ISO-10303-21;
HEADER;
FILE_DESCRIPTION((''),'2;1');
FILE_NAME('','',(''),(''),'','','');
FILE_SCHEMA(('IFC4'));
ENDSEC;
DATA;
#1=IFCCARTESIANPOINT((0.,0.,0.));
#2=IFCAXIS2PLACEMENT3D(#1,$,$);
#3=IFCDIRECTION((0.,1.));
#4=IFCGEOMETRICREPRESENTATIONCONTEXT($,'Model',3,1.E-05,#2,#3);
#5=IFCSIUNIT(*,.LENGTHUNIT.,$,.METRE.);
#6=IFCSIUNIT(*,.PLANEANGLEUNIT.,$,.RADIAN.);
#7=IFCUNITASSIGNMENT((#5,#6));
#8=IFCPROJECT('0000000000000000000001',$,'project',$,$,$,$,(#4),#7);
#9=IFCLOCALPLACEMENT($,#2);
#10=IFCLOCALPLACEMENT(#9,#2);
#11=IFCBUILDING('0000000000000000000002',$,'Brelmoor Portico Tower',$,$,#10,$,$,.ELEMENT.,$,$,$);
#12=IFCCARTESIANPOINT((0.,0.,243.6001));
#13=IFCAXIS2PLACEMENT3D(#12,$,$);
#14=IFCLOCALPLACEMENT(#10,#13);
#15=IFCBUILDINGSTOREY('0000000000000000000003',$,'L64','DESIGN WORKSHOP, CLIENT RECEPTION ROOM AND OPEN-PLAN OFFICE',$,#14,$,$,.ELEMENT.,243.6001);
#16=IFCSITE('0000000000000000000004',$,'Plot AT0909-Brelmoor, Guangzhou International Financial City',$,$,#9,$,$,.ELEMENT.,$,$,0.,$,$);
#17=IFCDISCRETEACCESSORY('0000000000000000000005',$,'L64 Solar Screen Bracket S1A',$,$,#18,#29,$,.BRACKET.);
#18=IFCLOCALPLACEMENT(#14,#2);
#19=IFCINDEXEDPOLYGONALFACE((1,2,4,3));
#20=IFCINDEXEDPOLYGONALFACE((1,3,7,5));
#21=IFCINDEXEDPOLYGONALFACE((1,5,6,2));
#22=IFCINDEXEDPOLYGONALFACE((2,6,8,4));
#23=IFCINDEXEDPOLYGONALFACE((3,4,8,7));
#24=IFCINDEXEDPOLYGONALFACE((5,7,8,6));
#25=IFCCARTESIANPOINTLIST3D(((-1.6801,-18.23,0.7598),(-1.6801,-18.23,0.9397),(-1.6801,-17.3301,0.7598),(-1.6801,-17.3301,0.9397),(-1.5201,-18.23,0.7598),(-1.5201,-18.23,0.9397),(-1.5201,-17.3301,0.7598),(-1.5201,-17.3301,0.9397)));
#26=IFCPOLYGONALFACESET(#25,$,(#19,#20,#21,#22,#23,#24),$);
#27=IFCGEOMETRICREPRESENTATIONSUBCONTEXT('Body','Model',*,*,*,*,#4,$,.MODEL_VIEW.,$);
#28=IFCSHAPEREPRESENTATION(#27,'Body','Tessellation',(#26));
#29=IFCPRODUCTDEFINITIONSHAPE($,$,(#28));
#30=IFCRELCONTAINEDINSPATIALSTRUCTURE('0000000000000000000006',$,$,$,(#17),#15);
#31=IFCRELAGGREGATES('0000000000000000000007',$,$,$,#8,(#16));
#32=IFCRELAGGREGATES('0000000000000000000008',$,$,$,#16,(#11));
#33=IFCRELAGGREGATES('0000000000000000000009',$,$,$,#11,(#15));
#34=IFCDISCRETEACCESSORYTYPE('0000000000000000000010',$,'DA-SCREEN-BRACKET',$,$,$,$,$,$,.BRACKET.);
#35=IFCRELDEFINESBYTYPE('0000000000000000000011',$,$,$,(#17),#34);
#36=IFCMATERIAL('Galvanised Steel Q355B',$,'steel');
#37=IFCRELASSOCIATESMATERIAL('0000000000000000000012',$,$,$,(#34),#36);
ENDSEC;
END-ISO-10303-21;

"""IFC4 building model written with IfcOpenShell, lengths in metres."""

from ifc_helpers import new_model, si_unit, direction, frame, origin, origin_2d, place, context, subcontext, project, spatial, rectangle, extrude, material, type_object, element, save


model = new_model("IFC4")

# Units and contexts
model_context = context("Model", 3, precision=1e-05, world=origin(), true_north=direction((0.0, 1.0)))
body_context = subcontext(model_context, "Body", "Model", "MODEL_VIEW")
ifc_project = project(units=[si_unit("LENGTHUNIT", "METRE"), si_unit("PLANEANGLEUNIT", "RADIAN")], contexts=[model_context])

# Site, building, storey
site_placement = place(None, origin())
site = spatial("IfcSite", under=ifc_project, at=site_placement, Name="Plot AT0909-Brelmoor, Guangzhou International Financial City", CompositionType="ELEMENT", RefElevation=0.0)
building_placement = place(site_placement, origin())
building = spatial("IfcBuilding", under=site, at=building_placement, Name="Brelmoor Portico Tower", CompositionType="ELEMENT")
storey_placement = place(building_placement, frame((0.0, 0.0, 243.6001)))
storey = spatial("IfcBuildingStorey", under=building, at=storey_placement, Name="L64", Description="DESIGN WORKSHOP, CLIENT RECEPTION ROOM AND OPEN-PLAN OFFICE", CompositionType="ELEMENT", Elevation=243.6001)

# Discrete accessory
ifc_material_1 = material(Name="Galvanised Steel Q355B", Category="steel")
discrete_accessory_type = type_object("IfcDiscreteAccessoryType", Name="DA-SCREEN-BRACKET", PredefinedType="BRACKET", material=ifc_material_1)
discrete_accessory_placement = place(storey_placement, frame((-1.6001, -17.78, 0.7598), z_axis=(0.0, 0.0, 1.0), x_axis=(1.0, 0.0, 0.0)))
element("IfcDiscreteAccessory", 1, at=discrete_accessory_placement, inside=storey, type_object=discrete_accessory_type, Name="L64 Solar Screen Bracket S1A", PredefinedType="BRACKET", context=body_context, shape_type="SweptSolid", body=[
    extrude(rectangle(XDim=0.1599, YDim=0.8999, at=origin_2d()), origin(), (0.0, 0.0, 1.0), 0.1799),
])

save(model, "model.ifc")
